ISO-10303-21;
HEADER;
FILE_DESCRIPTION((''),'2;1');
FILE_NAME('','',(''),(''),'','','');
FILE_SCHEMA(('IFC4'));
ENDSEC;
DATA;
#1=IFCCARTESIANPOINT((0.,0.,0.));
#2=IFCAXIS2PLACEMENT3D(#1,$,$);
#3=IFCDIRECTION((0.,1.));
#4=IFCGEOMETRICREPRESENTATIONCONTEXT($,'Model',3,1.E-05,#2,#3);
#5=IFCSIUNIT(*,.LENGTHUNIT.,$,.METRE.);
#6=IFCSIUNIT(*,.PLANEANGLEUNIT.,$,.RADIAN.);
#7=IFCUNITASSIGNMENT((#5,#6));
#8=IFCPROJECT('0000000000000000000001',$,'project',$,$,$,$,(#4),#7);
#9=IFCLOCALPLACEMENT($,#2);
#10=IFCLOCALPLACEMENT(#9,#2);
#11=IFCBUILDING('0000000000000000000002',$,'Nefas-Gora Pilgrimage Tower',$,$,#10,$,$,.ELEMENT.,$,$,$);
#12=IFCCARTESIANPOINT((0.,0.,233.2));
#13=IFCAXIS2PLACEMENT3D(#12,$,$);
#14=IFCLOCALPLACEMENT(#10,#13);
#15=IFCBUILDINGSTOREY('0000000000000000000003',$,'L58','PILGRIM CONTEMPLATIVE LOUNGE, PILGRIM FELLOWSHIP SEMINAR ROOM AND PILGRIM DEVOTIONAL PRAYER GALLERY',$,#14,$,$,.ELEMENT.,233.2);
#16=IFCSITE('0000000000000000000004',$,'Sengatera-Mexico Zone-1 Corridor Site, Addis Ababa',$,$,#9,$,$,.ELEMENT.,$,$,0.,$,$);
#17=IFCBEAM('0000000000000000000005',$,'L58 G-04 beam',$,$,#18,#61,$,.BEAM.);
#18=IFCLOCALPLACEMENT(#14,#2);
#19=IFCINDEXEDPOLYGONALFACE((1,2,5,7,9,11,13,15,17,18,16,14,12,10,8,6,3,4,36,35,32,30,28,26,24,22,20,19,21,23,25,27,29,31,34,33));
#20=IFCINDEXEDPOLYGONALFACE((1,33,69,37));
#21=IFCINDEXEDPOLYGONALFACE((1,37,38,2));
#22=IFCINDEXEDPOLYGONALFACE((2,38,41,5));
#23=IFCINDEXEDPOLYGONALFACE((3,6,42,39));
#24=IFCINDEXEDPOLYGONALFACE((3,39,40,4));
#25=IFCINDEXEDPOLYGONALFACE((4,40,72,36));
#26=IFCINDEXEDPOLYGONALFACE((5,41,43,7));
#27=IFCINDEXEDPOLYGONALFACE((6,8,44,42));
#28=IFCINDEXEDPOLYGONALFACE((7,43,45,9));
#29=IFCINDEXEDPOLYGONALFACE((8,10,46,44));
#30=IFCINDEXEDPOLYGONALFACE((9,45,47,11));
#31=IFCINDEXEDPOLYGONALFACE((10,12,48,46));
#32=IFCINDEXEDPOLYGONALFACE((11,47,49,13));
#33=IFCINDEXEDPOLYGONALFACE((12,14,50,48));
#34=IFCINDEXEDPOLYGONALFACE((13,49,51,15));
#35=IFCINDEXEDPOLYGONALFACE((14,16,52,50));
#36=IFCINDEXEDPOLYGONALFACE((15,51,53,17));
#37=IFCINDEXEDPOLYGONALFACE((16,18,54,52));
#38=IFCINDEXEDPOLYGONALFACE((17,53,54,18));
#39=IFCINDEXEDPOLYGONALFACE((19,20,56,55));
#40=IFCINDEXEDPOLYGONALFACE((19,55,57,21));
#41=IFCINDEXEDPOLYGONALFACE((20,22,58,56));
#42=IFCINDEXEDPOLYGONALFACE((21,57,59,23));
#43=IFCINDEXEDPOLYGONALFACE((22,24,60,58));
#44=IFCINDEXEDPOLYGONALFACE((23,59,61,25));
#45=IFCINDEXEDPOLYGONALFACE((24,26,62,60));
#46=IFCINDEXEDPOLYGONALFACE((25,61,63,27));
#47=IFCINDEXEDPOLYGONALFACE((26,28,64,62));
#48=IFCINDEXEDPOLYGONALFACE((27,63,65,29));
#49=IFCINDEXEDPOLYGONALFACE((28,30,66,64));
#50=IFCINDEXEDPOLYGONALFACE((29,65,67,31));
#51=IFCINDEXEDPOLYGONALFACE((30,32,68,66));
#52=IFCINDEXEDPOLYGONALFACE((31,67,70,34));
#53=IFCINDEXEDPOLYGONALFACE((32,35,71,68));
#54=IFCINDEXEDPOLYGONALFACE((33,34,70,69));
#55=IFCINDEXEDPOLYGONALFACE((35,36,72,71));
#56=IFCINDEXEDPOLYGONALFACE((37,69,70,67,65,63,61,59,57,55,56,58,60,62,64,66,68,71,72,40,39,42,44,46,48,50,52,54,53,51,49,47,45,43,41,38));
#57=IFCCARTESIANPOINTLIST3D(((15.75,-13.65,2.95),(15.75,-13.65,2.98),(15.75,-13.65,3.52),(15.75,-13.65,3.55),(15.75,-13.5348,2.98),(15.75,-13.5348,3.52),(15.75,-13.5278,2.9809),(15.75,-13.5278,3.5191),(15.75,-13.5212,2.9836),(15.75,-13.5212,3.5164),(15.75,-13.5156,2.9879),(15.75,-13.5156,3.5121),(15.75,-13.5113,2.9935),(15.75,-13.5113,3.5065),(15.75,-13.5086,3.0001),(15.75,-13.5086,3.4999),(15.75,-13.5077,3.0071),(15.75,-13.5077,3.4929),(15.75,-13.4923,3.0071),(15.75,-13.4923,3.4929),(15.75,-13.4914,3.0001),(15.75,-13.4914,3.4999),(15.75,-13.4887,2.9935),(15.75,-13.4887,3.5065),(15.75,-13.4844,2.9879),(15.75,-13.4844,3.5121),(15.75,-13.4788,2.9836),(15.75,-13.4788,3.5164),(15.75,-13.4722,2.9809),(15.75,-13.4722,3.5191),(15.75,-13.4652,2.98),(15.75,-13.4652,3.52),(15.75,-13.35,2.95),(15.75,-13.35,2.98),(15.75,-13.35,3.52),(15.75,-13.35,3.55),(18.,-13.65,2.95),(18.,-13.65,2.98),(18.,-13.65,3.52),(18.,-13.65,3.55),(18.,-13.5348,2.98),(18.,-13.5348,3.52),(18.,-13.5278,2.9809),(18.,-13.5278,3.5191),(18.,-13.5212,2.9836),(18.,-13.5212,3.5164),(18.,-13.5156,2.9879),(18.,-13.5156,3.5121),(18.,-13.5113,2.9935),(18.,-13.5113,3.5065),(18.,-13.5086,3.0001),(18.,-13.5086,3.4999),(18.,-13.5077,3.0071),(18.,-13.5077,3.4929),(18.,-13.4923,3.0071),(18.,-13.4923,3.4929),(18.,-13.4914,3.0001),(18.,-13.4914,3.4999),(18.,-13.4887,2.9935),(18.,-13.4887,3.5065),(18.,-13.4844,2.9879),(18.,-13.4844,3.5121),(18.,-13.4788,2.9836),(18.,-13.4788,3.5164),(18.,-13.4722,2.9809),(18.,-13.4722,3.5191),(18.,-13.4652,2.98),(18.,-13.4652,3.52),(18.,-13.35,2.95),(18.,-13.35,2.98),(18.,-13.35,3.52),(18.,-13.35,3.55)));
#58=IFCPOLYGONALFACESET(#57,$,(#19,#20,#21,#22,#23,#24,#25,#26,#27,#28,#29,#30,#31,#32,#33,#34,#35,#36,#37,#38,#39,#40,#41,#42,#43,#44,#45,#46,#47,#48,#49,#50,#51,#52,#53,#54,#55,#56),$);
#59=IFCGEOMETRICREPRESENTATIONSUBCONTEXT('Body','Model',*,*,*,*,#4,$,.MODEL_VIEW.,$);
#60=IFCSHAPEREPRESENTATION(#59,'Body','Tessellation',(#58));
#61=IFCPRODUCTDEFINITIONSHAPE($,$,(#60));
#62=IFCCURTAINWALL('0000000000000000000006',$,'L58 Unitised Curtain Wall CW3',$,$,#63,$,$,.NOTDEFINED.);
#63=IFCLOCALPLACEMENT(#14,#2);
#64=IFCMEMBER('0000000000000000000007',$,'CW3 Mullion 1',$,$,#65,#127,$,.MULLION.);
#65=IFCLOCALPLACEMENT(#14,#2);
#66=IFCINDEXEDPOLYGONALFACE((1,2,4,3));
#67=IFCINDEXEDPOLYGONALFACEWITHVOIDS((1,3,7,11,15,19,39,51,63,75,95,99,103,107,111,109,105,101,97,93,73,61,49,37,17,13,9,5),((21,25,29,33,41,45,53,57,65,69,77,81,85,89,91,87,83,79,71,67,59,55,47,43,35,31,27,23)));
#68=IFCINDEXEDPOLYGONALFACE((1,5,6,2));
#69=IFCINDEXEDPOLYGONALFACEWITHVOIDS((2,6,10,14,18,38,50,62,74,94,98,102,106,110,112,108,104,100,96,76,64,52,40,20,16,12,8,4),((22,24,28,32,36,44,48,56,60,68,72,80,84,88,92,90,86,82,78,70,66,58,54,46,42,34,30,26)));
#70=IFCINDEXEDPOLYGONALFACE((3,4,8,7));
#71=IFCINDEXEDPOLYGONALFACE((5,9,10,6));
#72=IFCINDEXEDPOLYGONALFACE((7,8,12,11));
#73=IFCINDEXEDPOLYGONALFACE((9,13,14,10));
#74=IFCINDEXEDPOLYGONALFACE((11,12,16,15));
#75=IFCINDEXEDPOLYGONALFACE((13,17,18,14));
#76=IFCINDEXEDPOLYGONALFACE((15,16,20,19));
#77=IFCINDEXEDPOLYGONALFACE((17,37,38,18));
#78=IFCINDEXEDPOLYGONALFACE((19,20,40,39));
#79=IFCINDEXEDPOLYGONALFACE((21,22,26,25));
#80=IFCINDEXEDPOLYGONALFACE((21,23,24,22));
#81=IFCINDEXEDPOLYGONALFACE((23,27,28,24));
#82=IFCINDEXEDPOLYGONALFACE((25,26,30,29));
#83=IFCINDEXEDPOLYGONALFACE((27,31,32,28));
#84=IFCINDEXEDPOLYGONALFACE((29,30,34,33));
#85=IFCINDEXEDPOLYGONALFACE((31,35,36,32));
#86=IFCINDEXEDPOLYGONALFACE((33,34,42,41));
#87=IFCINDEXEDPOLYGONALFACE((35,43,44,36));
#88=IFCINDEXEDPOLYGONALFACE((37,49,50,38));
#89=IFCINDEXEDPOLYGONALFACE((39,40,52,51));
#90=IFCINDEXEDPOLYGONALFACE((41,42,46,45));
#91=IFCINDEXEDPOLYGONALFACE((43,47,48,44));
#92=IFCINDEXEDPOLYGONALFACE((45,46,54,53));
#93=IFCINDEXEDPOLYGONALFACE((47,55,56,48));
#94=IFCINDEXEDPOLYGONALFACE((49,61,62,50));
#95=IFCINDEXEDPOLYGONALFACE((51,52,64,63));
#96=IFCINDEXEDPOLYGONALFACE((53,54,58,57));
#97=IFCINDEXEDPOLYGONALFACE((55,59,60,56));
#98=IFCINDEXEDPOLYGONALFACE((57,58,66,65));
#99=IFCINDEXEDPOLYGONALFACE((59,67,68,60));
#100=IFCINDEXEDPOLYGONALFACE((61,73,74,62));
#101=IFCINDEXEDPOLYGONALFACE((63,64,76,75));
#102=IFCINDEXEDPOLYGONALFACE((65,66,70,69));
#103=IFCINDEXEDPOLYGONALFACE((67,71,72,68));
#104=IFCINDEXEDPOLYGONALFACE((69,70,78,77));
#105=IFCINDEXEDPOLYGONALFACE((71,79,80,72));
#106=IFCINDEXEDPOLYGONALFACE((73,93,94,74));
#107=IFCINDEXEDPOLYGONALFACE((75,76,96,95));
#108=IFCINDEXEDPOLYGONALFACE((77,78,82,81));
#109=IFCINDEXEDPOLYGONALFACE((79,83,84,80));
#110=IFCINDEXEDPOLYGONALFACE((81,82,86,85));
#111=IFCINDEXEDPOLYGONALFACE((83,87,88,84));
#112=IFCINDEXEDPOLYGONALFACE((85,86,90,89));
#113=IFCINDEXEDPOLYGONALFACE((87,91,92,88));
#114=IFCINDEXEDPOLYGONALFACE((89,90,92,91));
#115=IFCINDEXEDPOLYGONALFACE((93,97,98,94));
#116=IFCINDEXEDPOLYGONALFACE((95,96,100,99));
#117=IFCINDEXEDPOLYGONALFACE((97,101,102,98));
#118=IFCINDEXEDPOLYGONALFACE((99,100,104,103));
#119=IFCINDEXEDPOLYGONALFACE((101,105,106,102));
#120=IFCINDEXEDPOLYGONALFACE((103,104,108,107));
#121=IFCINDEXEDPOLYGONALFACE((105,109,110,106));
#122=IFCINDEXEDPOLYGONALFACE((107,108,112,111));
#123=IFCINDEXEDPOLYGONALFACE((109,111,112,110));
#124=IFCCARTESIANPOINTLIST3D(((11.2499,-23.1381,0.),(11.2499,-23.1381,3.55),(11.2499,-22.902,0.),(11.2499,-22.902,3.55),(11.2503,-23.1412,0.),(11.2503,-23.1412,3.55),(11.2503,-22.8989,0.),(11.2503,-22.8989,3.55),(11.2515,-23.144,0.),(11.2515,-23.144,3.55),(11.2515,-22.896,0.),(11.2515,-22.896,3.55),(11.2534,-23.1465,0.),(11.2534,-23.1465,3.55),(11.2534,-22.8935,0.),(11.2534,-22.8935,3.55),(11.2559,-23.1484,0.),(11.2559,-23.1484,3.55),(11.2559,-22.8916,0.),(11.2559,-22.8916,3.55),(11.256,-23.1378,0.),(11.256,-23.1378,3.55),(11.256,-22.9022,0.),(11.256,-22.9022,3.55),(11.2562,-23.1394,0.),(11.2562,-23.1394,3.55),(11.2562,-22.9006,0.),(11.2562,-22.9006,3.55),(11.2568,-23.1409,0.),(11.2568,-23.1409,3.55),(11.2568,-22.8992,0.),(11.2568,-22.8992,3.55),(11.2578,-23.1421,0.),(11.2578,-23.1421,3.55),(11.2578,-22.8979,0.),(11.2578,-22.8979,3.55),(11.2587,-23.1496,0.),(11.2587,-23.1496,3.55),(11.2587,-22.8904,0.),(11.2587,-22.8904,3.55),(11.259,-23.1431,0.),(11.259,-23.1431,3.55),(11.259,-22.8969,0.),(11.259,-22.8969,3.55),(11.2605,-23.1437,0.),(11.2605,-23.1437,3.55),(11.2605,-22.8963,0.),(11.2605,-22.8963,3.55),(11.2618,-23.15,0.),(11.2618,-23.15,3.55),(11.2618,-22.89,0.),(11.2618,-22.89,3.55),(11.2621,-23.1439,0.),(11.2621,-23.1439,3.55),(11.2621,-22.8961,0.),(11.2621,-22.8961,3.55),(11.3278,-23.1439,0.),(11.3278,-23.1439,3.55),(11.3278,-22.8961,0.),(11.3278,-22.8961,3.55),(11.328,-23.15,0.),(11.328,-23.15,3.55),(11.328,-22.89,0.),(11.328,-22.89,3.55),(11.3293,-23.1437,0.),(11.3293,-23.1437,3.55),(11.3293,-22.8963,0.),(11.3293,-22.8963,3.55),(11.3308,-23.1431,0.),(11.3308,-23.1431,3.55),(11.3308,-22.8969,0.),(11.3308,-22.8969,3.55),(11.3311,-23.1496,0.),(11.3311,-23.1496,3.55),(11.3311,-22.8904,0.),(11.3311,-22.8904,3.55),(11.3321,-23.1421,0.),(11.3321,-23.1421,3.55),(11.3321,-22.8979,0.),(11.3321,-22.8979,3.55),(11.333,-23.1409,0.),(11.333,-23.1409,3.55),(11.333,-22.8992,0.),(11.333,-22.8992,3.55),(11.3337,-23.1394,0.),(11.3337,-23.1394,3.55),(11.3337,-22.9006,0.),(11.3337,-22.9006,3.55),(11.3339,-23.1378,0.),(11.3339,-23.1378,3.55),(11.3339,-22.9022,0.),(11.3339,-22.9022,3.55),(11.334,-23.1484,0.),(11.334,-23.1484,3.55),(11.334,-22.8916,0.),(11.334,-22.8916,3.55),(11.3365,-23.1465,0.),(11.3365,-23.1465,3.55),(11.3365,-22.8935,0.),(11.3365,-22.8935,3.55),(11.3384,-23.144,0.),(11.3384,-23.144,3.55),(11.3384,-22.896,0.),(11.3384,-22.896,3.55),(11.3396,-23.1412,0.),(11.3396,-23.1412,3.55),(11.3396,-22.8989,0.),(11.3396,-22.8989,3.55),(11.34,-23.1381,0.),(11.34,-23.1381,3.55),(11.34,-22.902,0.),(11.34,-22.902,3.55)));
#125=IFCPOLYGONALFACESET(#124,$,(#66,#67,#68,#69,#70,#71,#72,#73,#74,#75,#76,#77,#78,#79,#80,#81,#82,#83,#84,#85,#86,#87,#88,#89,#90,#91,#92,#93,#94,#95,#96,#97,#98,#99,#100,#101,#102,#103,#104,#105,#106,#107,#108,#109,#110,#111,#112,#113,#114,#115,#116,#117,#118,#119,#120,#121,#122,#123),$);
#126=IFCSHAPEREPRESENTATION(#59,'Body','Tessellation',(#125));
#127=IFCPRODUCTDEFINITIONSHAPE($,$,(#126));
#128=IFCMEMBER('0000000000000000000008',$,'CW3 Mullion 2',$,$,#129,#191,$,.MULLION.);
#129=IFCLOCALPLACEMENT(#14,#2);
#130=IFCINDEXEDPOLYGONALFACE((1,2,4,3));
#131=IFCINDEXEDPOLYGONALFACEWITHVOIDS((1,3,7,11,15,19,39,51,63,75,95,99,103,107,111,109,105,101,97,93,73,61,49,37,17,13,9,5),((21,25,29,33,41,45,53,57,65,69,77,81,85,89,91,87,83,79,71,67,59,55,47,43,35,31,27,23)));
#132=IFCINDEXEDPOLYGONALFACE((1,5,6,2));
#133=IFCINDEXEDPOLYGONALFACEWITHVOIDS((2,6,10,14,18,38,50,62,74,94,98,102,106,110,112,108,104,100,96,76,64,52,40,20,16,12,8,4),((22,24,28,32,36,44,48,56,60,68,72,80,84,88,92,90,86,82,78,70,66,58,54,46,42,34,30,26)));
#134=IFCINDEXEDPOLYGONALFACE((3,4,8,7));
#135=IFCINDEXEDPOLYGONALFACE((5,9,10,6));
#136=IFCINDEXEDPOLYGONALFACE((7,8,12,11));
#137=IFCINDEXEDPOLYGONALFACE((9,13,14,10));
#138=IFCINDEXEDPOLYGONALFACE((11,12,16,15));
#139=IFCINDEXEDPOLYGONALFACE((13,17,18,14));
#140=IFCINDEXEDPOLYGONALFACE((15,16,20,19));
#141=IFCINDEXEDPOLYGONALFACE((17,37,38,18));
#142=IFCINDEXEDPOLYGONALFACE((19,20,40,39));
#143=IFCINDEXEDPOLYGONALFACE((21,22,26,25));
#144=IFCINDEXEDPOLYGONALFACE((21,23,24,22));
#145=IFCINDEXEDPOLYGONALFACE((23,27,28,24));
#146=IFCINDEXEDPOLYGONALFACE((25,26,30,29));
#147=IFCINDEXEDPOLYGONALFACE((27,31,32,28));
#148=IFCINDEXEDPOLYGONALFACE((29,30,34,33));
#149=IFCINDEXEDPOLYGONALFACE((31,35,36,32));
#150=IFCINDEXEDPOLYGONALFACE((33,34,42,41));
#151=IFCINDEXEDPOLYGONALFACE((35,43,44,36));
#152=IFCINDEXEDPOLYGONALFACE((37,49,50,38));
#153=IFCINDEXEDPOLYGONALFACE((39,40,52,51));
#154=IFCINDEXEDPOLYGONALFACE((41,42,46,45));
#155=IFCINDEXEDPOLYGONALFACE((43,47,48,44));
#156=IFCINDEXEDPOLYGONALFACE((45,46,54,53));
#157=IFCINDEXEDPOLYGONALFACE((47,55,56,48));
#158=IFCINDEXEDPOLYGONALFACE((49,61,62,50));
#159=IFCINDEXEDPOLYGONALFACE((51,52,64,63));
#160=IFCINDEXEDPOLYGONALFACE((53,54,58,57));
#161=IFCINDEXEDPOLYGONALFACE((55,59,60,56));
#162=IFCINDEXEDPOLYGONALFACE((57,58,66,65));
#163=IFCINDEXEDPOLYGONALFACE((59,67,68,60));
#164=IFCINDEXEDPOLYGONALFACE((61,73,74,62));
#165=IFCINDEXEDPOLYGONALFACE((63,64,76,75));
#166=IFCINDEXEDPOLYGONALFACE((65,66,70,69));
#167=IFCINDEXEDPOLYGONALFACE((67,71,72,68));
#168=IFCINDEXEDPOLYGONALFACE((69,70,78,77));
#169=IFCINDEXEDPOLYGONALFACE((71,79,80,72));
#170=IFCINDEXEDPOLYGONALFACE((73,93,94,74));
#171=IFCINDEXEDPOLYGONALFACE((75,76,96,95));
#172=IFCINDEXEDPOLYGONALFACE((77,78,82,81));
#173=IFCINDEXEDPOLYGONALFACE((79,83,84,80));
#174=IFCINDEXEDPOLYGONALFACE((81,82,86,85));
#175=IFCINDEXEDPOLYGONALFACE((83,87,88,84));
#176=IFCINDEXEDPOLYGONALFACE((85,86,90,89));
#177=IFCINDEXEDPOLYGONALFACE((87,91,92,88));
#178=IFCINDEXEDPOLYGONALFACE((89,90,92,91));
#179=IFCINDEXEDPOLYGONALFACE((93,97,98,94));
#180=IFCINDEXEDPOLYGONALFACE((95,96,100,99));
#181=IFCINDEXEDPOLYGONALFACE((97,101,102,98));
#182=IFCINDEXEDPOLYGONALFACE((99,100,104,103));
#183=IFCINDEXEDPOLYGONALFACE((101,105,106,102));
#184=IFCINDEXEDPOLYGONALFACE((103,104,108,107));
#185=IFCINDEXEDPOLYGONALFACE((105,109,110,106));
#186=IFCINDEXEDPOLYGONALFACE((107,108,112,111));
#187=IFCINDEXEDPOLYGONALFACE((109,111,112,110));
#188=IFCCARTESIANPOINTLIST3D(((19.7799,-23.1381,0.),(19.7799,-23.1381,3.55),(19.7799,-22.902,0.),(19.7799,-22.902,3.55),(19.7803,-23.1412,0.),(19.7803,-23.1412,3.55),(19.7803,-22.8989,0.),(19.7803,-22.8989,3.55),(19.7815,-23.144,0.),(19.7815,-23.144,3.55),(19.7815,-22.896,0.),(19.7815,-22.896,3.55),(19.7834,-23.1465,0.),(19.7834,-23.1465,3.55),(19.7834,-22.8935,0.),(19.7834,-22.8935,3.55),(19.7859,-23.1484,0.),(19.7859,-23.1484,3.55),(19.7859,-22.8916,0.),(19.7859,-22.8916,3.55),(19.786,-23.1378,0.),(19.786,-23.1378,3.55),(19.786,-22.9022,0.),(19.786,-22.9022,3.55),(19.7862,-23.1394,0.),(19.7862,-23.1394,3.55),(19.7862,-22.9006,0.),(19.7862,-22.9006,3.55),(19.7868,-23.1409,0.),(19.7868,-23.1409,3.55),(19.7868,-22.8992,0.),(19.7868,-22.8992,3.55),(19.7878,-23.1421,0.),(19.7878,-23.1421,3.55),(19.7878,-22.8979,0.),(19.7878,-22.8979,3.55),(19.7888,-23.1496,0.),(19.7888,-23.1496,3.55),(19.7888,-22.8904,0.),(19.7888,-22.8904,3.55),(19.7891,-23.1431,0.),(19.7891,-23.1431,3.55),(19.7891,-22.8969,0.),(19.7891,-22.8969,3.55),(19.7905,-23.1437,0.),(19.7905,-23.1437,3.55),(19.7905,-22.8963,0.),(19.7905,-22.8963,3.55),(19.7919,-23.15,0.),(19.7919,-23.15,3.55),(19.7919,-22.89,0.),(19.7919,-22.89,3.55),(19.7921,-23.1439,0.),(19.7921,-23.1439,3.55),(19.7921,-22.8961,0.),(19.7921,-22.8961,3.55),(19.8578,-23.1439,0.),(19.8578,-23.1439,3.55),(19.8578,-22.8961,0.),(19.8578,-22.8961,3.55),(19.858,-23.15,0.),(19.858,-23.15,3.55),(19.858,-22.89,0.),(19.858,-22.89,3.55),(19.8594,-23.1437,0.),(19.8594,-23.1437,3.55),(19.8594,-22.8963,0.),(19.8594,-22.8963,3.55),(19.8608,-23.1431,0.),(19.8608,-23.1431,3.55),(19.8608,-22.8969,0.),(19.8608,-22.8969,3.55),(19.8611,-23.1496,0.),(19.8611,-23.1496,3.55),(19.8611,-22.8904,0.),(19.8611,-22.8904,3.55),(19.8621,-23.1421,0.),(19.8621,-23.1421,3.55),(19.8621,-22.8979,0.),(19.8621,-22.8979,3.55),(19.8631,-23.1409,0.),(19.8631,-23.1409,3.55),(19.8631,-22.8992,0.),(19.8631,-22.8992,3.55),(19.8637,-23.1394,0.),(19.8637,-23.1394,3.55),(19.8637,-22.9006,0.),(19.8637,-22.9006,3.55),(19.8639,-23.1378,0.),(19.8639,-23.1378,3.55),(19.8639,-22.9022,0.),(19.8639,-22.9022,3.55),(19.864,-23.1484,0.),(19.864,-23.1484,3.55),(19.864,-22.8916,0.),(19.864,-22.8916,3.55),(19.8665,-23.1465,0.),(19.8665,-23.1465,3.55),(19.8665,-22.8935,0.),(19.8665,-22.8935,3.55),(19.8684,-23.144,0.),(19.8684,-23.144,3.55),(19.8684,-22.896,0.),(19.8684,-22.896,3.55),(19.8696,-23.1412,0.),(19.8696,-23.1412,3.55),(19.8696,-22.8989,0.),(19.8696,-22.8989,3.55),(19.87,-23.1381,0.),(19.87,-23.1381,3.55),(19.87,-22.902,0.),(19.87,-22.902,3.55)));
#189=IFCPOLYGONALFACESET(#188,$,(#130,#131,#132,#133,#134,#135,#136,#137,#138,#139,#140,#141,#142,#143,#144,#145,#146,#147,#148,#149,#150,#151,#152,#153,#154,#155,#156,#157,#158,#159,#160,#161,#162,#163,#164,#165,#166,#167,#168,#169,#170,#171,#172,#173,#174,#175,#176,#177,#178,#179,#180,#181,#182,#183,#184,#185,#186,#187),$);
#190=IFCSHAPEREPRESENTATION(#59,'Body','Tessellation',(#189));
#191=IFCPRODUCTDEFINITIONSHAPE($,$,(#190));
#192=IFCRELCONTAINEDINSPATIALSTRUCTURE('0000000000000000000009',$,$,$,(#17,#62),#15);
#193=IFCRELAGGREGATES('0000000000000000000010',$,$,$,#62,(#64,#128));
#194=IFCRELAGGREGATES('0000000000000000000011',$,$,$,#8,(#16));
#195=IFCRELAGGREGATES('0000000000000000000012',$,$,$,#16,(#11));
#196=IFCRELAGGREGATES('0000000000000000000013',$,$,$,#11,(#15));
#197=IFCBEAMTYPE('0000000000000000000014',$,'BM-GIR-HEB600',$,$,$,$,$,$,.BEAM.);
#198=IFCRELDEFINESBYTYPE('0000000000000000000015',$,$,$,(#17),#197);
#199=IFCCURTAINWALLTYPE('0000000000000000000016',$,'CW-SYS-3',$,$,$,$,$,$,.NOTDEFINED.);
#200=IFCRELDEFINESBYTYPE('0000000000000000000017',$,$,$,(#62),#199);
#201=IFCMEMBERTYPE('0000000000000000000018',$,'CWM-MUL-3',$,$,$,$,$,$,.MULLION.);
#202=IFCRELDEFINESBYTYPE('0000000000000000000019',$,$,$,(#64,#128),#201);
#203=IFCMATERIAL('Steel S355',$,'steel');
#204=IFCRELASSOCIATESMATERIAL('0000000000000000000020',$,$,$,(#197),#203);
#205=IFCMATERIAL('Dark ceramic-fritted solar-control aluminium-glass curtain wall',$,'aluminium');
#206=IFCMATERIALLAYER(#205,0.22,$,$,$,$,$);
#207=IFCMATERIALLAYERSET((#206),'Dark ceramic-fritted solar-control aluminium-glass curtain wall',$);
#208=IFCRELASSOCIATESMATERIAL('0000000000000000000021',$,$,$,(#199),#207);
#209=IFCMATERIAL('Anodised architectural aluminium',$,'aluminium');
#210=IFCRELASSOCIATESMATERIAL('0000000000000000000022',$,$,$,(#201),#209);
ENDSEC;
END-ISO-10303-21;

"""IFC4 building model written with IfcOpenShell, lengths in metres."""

from ifc_helpers import new_model, si_unit, direction, frame, origin, origin_2d, place, context, subcontext, project, spatial, hollow_rectangle, i_section, extrude, source, transform, mapped, material, layer, layer_set, material_profile, profile_set, type_object, element, aggregate, save


model = new_model("IFC4")

# Units and contexts
model_context = context("Model", 3, precision=1e-05, world=origin(), true_north=direction((0.0, 1.0)))
body_context = subcontext(model_context, "Body", "Model", "MODEL_VIEW")
ifc_project = project(units=[si_unit("LENGTHUNIT", "METRE"), si_unit("PLANEANGLEUNIT", "RADIAN")], contexts=[model_context])

# Site, building, storey
site_placement = place(None, origin())
site = spatial("IfcSite", under=ifc_project, at=site_placement, Name="Sengatera-Mexico Zone-1 Corridor Site, Addis Ababa", CompositionType="ELEMENT", RefElevation=0.0)
building_placement = place(site_placement, origin())
building = spatial("IfcBuilding", under=site, at=building_placement, Name="Nefas-Gora Pilgrimage Tower", CompositionType="ELEMENT")
storey_placement = place(building_placement, frame((0.0, 0.0, 233.2)))
storey = spatial("IfcBuildingStorey", under=building, at=storey_placement, Name="L58", Description="PILGRIM CONTEMPLATIVE LOUNGE, PILGRIM FELLOWSHIP SEMINAR ROOM AND PILGRIM DEVOTIONAL PRAYER GALLERY", CompositionType="ELEMENT", Elevation=233.2)

# Beam
ifc_material_1 = material(Name="Steel S355", Category="steel")
ifc_material_profile_1 = material_profile(ifc_material_1, i_section(OverallWidth=0.3, OverallDepth=0.6001, WebThickness=0.0154, FlangeThickness=0.03, FilletRadius=0.0271, at=origin_2d()), Name="HEB 600")
ifc_profile_set_1 = profile_set([ifc_material_profile_1], Name="Steel S355")
beam_type_1 = type_object("IfcBeamType", Name="BM-GIR-HEB600", PredefinedType="BEAM", material=ifc_profile_set_1)
shared_shape_1 = source(origin(), body_context, "Body", "SweptSolid", [
    extrude(i_section(OverallWidth=0.3, OverallDepth=0.6001, WebThickness=0.0154, FlangeThickness=0.03, FilletRadius=0.0271, at=origin_2d()), origin(), (0.0, 0.0, 1.0), 2.25),
])
beam_1_placement = place(storey_placement, frame((15.75, -13.5, 3.25), z_axis=(1.0, 0.0, 0.0), x_axis=(0.0, 1.0, 0.0)))
element("IfcBeam", 1, at=beam_1_placement, inside=storey, type_object=beam_type_1, Name="L58 G-04 beam", PredefinedType="BEAM", context=body_context, shape_type="MappedRepresentation", body=[
    mapped(shared_shape_1, transform((0.0, 0.0, 0.0), x_axis=(1.0, 0.0, 0.0), y_axis=(0.0, 1.0, 0.0), z_axis=(0.0, 0.0, 1.0), scale=1.0)),
])

# Curtain wall, members
ifc_material_2 = material(Name="Dark ceramic-fritted solar-control aluminium-glass curtain wall", Category="aluminium")
ifc_layer_1 = layer(ifc_material_2, 0.22)
ifc_layer_set_1 = layer_set([ifc_layer_1], Name="Dark ceramic-fritted solar-control aluminium-glass curtain wall")
curtain_wall_type = type_object("IfcCurtainWallType", Name="CW-SYS-3", PredefinedType="NOTDEFINED", material=ifc_layer_set_1)
curtain_wall_1_placement = place(storey_placement, origin())
curtain_wall_1 = element("IfcCurtainWall", 2, at=curtain_wall_1_placement, inside=storey, type_object=curtain_wall_type, Name="L58 Unitised Curtain Wall CW3", PredefinedType="NOTDEFINED")
ifc_material_3 = material(Name="Anodised architectural aluminium", Category="aluminium")
ifc_material_profile_2 = material_profile(ifc_material_3, hollow_rectangle(XDim=0.0901, YDim=0.26, WallThickness=0.0061, InnerFilletRadius=0.0061, OuterFilletRadius=0.012, at=origin_2d()), Name="ALU MULLION 90x260")
ifc_profile_set_2 = profile_set([ifc_material_profile_2], Name="Anodised architectural aluminium")
member_type_1 = type_object("IfcMemberType", Name="CWM-MUL-3", PredefinedType="MULLION", material=ifc_profile_set_2)
shared_shape_2 = source(origin(), body_context, "Body", "SweptSolid", [
    extrude(hollow_rectangle(XDim=0.0901, YDim=0.26, WallThickness=0.0061, InnerFilletRadius=0.0061, OuterFilletRadius=0.012, at=origin_2d()), origin(), (0.0, 0.0, 1.0), 3.55),
])
member_1_placement = place(storey_placement, frame((11.2949, -23.02, 0.0), z_axis=(0.0, 0.0, 1.0), x_axis=(1.0, 0.0, 0.0)))
member_1 = element("IfcMember", 3, at=member_1_placement, type_object=member_type_1, Name="CW3 Mullion 1", PredefinedType="MULLION", context=body_context, shape_type="MappedRepresentation", body=[
    mapped(shared_shape_2, transform((0.0, 0.0, 0.0), x_axis=(1.0, 0.0, 0.0), y_axis=(0.0, 1.0, 0.0), z_axis=(0.0, 0.0, 1.0), scale=1.0)),
])
member_2_placement = place(storey_placement, frame((19.825, -23.02, 0.0), z_axis=(0.0, 0.0, 1.0), x_axis=(1.0, 0.0, 0.0)))
member_2 = element("IfcMember", 4, at=member_2_placement, type_object=member_type_1, Name="CW3 Mullion 2", PredefinedType="MULLION", context=body_context, shape_type="MappedRepresentation", body=[
    mapped(shared_shape_2, transform((0.0, 0.0, 0.0), x_axis=(1.0, 0.0, 0.0), y_axis=(0.0, 1.0, 0.0), z_axis=(0.0, 0.0, 1.0), scale=1.0)),
])

aggregate(curtain_wall_1, [member_1, member_2])

save(model, "model.ifc")
